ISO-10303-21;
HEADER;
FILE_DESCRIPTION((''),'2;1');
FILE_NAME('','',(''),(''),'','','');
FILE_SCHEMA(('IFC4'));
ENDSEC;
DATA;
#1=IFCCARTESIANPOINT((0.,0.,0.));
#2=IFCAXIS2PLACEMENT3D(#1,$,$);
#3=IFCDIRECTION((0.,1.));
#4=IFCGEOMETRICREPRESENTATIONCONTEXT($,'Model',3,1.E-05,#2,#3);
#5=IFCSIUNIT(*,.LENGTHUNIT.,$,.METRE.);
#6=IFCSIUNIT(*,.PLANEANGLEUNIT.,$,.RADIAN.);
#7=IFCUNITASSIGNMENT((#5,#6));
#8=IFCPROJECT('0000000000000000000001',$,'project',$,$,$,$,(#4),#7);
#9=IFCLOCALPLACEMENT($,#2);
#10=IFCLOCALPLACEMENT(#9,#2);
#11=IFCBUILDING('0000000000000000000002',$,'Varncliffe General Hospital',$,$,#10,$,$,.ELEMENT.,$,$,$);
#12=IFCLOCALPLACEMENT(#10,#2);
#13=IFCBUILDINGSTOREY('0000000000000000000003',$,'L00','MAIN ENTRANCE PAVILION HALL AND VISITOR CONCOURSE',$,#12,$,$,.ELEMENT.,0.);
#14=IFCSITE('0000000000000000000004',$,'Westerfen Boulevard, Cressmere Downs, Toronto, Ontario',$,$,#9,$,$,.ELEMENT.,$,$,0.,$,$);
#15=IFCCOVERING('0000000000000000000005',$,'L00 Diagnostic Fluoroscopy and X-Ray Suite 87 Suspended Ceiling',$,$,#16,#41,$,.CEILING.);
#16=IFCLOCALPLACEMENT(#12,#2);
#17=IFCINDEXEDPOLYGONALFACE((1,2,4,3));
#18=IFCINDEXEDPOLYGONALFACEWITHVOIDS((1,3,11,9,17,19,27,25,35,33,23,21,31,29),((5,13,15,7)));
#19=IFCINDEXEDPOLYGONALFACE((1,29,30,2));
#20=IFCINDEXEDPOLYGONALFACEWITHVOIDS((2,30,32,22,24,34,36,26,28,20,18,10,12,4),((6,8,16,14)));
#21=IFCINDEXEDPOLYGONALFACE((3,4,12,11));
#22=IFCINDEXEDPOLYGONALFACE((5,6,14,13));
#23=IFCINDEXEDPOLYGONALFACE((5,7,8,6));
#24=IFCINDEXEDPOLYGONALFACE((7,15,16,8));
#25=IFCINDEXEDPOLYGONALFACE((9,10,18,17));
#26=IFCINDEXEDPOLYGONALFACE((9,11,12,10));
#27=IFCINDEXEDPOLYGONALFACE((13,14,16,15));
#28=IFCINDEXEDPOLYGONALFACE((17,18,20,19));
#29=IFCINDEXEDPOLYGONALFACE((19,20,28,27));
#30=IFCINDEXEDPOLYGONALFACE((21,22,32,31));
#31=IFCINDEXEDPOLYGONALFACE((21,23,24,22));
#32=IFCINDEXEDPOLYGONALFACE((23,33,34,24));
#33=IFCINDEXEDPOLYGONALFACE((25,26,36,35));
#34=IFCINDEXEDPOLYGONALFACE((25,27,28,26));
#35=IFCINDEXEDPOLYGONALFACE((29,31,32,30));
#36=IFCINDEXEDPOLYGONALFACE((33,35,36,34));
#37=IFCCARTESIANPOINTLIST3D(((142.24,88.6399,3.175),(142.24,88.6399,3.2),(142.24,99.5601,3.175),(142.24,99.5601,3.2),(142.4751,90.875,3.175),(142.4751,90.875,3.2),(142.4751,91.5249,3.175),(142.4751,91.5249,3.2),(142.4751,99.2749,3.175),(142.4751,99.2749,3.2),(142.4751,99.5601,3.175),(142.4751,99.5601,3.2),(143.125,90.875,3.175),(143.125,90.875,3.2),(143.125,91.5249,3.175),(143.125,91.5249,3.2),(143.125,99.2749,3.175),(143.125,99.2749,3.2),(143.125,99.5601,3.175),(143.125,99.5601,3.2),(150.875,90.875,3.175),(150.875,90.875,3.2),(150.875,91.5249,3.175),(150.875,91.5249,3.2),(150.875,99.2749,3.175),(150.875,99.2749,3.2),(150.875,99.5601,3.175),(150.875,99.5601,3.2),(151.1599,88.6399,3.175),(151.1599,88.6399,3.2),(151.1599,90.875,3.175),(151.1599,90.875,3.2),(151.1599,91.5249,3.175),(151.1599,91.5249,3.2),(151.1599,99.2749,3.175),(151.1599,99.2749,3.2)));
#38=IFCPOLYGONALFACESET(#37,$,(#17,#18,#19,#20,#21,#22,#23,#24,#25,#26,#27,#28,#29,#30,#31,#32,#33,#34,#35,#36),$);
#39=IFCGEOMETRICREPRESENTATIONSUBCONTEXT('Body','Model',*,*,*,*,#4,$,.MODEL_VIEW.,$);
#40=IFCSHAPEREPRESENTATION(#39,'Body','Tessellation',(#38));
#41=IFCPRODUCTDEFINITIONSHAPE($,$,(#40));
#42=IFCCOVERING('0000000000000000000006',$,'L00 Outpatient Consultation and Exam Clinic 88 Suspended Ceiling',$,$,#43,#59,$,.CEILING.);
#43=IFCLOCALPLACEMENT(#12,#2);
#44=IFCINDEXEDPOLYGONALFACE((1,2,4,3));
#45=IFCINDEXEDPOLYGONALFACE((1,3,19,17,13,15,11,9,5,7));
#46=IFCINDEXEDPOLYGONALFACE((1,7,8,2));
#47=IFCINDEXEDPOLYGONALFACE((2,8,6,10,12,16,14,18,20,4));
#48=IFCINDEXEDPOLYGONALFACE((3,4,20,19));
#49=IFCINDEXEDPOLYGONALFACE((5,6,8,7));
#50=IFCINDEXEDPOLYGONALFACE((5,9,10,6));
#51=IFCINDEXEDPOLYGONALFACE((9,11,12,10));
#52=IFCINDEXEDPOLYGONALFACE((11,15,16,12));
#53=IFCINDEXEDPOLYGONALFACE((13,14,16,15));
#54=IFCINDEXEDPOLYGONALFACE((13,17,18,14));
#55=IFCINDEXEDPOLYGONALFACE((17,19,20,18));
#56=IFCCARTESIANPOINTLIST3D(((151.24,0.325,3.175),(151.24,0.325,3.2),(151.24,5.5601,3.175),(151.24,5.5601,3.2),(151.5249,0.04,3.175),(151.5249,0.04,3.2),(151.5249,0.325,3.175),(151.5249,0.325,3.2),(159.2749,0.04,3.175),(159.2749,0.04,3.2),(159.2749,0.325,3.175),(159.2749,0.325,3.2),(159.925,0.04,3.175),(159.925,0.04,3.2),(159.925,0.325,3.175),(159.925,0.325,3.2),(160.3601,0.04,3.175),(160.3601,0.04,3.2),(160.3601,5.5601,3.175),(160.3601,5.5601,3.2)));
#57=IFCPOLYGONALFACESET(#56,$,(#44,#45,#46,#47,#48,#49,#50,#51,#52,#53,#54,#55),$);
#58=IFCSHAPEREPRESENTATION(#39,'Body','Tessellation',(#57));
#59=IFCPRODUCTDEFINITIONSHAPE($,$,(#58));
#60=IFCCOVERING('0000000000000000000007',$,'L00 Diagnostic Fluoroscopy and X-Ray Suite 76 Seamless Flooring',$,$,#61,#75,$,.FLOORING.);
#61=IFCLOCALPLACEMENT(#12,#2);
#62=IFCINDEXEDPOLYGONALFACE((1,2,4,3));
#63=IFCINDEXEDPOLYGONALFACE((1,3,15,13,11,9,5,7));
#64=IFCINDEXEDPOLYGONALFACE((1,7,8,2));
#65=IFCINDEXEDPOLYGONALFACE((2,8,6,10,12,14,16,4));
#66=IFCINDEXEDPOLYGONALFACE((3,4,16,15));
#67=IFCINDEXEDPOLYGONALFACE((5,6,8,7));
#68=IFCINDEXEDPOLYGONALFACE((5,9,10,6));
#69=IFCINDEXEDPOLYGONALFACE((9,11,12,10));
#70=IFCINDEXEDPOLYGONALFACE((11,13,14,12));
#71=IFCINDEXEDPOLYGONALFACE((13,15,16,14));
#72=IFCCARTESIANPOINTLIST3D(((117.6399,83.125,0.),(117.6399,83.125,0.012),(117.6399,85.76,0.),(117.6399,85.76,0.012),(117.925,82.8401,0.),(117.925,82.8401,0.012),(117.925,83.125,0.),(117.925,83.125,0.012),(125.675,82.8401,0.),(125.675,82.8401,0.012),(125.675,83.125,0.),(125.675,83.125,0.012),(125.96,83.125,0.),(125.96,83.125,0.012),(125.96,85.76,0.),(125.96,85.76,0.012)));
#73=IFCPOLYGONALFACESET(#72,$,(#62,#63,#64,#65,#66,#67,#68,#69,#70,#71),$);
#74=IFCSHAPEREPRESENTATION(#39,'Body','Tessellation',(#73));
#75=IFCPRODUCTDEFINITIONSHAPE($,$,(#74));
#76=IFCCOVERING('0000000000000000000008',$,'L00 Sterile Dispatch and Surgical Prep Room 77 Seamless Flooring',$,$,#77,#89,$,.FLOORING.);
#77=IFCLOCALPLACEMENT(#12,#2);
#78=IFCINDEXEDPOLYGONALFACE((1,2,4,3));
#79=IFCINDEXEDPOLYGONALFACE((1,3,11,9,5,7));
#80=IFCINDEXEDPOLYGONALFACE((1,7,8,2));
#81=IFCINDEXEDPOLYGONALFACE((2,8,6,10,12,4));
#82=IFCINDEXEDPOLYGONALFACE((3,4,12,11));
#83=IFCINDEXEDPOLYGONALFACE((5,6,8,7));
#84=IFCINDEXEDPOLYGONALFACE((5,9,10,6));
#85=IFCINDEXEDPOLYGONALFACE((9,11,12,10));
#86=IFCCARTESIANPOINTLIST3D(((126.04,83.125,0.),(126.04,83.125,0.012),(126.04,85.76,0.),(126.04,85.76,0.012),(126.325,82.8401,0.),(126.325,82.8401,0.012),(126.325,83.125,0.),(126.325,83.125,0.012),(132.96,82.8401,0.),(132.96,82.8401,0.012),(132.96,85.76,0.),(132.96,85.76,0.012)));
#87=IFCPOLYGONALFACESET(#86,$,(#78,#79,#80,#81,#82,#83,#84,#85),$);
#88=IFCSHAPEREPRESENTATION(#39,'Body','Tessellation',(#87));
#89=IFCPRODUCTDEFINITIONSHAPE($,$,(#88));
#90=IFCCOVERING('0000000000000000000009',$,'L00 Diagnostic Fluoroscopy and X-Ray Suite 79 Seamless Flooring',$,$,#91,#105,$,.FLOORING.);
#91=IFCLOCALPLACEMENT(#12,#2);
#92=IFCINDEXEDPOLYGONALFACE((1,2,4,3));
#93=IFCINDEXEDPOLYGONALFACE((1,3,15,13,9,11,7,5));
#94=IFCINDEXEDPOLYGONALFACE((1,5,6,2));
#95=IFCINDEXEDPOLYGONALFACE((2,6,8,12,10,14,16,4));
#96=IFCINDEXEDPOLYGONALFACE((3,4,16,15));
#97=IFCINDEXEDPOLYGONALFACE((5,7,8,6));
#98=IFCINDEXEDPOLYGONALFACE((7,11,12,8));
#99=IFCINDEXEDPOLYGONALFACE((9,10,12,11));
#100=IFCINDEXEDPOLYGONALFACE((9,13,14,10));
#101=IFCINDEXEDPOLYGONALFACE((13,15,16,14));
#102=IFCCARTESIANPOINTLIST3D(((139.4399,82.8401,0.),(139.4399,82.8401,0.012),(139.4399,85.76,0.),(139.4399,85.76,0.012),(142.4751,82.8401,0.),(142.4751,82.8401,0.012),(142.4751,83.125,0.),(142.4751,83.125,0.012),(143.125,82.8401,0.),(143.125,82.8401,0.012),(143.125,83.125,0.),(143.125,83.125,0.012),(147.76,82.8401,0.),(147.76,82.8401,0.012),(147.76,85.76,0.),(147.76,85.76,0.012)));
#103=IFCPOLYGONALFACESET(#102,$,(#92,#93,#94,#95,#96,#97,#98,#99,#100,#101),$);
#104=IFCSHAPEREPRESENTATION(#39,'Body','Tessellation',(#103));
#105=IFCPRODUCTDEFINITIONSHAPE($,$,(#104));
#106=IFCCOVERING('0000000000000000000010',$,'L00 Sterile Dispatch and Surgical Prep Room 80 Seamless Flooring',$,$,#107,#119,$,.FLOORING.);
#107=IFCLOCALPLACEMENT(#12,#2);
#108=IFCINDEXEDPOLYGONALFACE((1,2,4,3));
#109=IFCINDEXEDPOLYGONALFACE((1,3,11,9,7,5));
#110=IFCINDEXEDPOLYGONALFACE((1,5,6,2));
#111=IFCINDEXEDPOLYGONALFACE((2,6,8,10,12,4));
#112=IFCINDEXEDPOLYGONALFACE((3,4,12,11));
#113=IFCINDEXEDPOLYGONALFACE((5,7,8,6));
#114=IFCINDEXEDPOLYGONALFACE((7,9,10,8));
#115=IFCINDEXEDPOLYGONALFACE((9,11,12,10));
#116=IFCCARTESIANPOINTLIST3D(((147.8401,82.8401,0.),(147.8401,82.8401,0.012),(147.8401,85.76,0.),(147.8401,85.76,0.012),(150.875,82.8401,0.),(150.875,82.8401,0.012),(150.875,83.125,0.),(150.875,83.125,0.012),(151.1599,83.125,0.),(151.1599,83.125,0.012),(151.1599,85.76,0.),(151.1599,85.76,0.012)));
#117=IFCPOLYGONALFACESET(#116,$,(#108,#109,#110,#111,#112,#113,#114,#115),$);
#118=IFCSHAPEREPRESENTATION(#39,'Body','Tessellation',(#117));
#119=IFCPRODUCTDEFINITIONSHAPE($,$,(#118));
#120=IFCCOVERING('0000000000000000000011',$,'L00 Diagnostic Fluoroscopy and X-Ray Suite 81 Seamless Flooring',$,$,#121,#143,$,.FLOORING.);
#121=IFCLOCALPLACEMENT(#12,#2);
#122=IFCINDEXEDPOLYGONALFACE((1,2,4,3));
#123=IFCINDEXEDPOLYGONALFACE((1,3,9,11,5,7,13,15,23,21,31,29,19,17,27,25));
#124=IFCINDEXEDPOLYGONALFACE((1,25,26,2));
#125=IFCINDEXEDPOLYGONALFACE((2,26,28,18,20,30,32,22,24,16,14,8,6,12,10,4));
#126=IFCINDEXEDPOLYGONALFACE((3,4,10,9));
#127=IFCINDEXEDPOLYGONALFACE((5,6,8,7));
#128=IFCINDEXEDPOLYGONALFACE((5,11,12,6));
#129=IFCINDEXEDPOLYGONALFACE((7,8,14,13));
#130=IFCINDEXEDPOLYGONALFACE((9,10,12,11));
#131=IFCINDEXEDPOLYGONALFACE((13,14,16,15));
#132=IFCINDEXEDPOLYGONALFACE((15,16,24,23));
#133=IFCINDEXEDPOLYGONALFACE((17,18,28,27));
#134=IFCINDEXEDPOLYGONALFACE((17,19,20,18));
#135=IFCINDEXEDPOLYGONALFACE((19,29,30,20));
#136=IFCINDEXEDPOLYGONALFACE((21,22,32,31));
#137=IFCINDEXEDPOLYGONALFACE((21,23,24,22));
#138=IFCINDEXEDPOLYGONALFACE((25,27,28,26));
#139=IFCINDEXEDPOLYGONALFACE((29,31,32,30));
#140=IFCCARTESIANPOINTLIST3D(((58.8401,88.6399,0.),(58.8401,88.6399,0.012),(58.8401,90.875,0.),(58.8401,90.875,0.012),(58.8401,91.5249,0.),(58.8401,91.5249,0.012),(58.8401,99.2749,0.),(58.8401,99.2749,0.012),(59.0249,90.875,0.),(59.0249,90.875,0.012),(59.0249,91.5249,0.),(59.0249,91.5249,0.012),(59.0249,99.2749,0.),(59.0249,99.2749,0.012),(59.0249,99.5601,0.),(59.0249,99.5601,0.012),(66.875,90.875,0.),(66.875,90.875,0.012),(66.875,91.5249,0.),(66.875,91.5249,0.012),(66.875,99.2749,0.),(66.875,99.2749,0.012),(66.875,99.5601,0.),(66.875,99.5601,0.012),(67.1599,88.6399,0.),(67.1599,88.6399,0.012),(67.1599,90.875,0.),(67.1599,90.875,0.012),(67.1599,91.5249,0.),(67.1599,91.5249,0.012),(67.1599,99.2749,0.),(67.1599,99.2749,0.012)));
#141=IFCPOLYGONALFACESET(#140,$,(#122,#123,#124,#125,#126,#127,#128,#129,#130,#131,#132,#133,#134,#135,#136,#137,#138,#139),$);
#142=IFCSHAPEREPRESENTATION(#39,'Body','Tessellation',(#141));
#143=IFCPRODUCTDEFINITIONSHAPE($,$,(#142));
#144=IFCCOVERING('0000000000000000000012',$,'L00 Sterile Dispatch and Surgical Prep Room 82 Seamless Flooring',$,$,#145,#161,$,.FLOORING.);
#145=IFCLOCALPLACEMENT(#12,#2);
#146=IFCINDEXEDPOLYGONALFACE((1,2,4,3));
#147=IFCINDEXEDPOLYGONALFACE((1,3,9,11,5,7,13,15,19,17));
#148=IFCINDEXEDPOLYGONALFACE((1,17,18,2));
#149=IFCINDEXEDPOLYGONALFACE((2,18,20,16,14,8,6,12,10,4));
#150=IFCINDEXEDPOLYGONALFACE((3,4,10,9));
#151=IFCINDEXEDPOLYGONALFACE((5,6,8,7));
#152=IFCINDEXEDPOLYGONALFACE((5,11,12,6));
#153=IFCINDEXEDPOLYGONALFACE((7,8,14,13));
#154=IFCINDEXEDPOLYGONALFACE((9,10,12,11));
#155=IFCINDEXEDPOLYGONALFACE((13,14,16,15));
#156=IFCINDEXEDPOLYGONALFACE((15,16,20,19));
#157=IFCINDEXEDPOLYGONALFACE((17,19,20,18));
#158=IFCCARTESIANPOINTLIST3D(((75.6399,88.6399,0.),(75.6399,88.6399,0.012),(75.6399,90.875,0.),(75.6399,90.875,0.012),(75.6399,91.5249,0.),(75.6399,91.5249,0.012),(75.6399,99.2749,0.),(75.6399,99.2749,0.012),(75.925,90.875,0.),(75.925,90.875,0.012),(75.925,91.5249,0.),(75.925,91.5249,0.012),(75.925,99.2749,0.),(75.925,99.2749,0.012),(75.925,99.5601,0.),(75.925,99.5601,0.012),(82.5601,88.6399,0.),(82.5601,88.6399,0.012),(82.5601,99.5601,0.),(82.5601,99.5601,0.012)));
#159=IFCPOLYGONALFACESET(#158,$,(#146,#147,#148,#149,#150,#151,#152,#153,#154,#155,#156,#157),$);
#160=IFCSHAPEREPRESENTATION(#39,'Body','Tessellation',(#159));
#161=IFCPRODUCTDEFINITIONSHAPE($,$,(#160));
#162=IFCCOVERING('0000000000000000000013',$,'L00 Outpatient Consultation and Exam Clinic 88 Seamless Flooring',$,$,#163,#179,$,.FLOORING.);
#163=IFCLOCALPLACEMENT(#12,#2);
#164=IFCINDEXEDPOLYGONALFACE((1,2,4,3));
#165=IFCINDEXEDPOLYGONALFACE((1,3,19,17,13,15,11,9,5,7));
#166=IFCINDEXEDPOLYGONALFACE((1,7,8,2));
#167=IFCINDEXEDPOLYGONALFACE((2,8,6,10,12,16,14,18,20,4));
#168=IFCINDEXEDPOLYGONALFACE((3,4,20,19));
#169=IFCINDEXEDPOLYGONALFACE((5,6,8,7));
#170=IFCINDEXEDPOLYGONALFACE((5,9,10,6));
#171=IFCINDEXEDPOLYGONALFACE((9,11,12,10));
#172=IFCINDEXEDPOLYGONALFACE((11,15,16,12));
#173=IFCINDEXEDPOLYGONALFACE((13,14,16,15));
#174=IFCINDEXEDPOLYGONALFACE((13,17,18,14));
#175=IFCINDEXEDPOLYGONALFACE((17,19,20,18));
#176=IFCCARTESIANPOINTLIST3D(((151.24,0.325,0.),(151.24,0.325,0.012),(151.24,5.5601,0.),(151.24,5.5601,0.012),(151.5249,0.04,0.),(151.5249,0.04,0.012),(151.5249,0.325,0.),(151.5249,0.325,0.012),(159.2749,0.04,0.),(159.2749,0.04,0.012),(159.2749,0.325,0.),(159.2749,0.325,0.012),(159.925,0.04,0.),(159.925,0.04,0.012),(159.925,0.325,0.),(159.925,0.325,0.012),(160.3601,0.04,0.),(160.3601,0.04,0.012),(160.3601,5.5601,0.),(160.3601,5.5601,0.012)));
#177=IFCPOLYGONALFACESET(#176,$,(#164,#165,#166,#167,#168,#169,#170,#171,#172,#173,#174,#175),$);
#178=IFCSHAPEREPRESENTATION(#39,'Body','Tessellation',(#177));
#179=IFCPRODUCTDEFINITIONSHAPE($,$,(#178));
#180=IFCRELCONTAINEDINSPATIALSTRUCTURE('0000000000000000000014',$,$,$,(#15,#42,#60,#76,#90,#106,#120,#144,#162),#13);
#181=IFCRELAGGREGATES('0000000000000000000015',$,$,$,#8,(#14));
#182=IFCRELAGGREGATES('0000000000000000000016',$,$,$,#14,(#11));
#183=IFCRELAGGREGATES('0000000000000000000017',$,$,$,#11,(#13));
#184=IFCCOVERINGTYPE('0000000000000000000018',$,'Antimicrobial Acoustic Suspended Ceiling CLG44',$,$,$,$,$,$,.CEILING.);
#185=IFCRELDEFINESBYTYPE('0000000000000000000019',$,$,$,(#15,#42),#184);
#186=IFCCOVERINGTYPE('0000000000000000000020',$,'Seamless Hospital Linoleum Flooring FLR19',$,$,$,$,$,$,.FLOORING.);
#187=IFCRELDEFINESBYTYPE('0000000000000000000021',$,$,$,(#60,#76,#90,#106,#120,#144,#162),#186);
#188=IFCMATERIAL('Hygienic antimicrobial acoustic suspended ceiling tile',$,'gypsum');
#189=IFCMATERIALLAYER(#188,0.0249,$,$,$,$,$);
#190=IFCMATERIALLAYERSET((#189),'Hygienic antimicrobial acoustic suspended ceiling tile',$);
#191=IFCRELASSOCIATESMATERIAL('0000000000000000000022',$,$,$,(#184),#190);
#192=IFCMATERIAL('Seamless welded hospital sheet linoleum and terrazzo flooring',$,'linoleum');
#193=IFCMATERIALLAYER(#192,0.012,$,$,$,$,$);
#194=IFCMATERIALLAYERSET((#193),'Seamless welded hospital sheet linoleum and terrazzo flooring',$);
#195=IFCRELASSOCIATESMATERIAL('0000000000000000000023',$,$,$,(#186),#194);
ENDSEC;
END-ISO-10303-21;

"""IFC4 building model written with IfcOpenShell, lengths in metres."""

from ifc_helpers import new_model, si_unit, direction, frame, origin, place, context, subcontext, project, spatial, polyline, outline, extrude, material, layer, layer_set, type_object, element, save


model = new_model("IFC4")

# Units and contexts
model_context = context("Model", 3, precision=1e-05, world=origin(), true_north=direction((0.0, 1.0)))
body_context = subcontext(model_context, "Body", "Model", "MODEL_VIEW")
ifc_project = project(units=[si_unit("LENGTHUNIT", "METRE"), si_unit("PLANEANGLEUNIT", "RADIAN")], contexts=[model_context])

# Site, building, storey
site_placement = place(None, origin())
site = spatial("IfcSite", under=ifc_project, at=site_placement, Name="Westerfen Boulevard, Cressmere Downs, Toronto, Ontario", CompositionType="ELEMENT", RefElevation=0.0)
building_placement = place(site_placement, origin())
building = spatial("IfcBuilding", under=site, at=building_placement, Name="Varncliffe General Hospital", CompositionType="ELEMENT")
storey_placement = place(building_placement, origin())
storey = spatial("IfcBuildingStorey", under=building, at=storey_placement, Name="L00", Description="MAIN ENTRANCE PAVILION HALL AND VISITOR CONCOURSE", CompositionType="ELEMENT", Elevation=0.0)

# Coverings
ifc_material_1 = material(Name="Hygienic antimicrobial acoustic suspended ceiling tile", Category="gypsum")
ifc_layer_1 = layer(ifc_material_1, 0.0249)
ifc_layer_set_1 = layer_set([ifc_layer_1], Name="Hygienic antimicrobial acoustic suspended ceiling tile")
covering_type_1 = type_object("IfcCoveringType", Name="Antimicrobial Acoustic Suspended Ceiling CLG44", PredefinedType="CEILING", material=ifc_layer_set_1)
covering_1_placement = place(storey_placement, frame((0.0, 0.0, 3.175)))
element("IfcCovering", 1, at=covering_1_placement, inside=storey, type_object=covering_type_1, Name="L00 Diagnostic Fluoroscopy and X-Ray Suite 87 Suspended Ceiling", PredefinedType="CEILING", context=body_context, shape_type="SweptSolid", body=[
    extrude(outline(polyline([(150.875, 91.5249), (150.875, 90.875), (151.1599, 90.875), (151.1599, 88.6399), (142.24, 88.6399), (142.24, 99.5601), (142.4751, 99.5601), (142.4751, 99.2749), (143.125, 99.2749), (143.125, 99.5601), (150.875, 99.5601), (150.875, 99.2749), (151.1599, 99.2749), (151.1599, 91.5249), (150.875, 91.5249)]), holes=[polyline([(143.125, 90.875), (143.125, 91.5249), (142.4751, 91.5249), (142.4751, 90.875), (143.125, 90.875)])]), origin(), (0.0, 0.0, 1.0), 0.0249),
])
covering_2_placement = place(storey_placement, frame((0.0, 0.0, 3.175)))
element("IfcCovering", 2, at=covering_2_placement, inside=storey, type_object=covering_type_1, Name="L00 Outpatient Consultation and Exam Clinic 88 Suspended Ceiling", PredefinedType="CEILING", context=body_context, shape_type="SweptSolid", body=[
    extrude(outline(polyline([(160.3601, 5.5601), (160.3601, 0.04), (159.925, 0.04), (159.925, 0.325), (159.2749, 0.325), (159.2749, 0.04), (151.5249, 0.04), (151.5249, 0.325), (151.24, 0.325), (151.24, 5.5601), (160.3601, 5.5601)])), origin(), (0.0, 0.0, 1.0), 0.0249),
])
ifc_material_2 = material(Name="Seamless welded hospital sheet linoleum and terrazzo flooring", Category="linoleum")
ifc_layer_2 = layer(ifc_material_2, 0.012)
ifc_layer_set_2 = layer_set([ifc_layer_2], Name="Seamless welded hospital sheet linoleum and terrazzo flooring")
covering_type_2 = type_object("IfcCoveringType", Name="Seamless Hospital Linoleum Flooring FLR19", PredefinedType="FLOORING", material=ifc_layer_set_2)
covering_3_placement = place(storey_placement, origin())
element("IfcCovering", 3, at=covering_3_placement, inside=storey, type_object=covering_type_2, Name="L00 Diagnostic Fluoroscopy and X-Ray Suite 76 Seamless Flooring", PredefinedType="FLOORING", context=body_context, shape_type="SweptSolid", body=[
    extrude(outline(polyline([(125.96, 85.76), (125.96, 83.125), (125.675, 83.125), (125.675, 82.8401), (117.925, 82.8401), (117.925, 83.125), (117.6399, 83.125), (117.6399, 85.76), (125.96, 85.76)])), origin(), (0.0, 0.0, 1.0), 0.012),
])
covering_4_placement = place(storey_placement, origin())
element("IfcCovering", 4, at=covering_4_placement, inside=storey, type_object=covering_type_2, Name="L00 Sterile Dispatch and Surgical Prep Room 77 Seamless Flooring", PredefinedType="FLOORING", context=body_context, shape_type="SweptSolid", body=[
    extrude(outline(polyline([(126.04, 85.76), (132.96, 85.76), (132.96, 82.8401), (126.325, 82.8401), (126.325, 83.125), (126.04, 83.125), (126.04, 85.76)])), origin(), (0.0, 0.0, 1.0), 0.012),
])
covering_5_placement = place(storey_placement, origin())
element("IfcCovering", 5, at=covering_5_placement, inside=storey, type_object=covering_type_2, Name="L00 Diagnostic Fluoroscopy and X-Ray Suite 79 Seamless Flooring", PredefinedType="FLOORING", context=body_context, shape_type="SweptSolid", body=[
    extrude(outline(polyline([(139.4399, 82.8401), (139.4399, 85.76), (147.76, 85.76), (147.76, 82.8401), (143.125, 82.8401), (143.125, 83.125), (142.4751, 83.125), (142.4751, 82.8401), (139.4399, 82.8401)])), origin(), (0.0, 0.0, 1.0), 0.012),
])
covering_6_placement = place(storey_placement, origin())
element("IfcCovering", 6, at=covering_6_placement, inside=storey, type_object=covering_type_2, Name="L00 Sterile Dispatch and Surgical Prep Room 80 Seamless Flooring", PredefinedType="FLOORING", context=body_context, shape_type="SweptSolid", body=[
    extrude(outline(polyline([(147.8401, 82.8401), (147.8401, 85.76), (151.1599, 85.76), (151.1599, 83.125), (150.875, 83.125), (150.875, 82.8401), (147.8401, 82.8401)])), origin(), (0.0, 0.0, 1.0), 0.012),
])
covering_7_placement = place(storey_placement, origin())
element("IfcCovering", 7, at=covering_7_placement, inside=storey, type_object=covering_type_2, Name="L00 Diagnostic Fluoroscopy and X-Ray Suite 81 Seamless Flooring", PredefinedType="FLOORING", context=body_context, shape_type="SweptSolid", body=[
    extrude(outline(polyline([(66.875, 91.5249), (66.875, 90.875), (67.1599, 90.875), (67.1599, 88.6399), (58.8401, 88.6399), (58.8401, 90.875), (59.0249, 90.875), (59.0249, 91.5249), (58.8401, 91.5249), (58.8401, 99.2749), (59.0249, 99.2749), (59.0249, 99.5601), (66.875, 99.5601), (66.875, 99.2749), (67.1599, 99.2749), (67.1599, 91.5249), (66.875, 91.5249)])), origin(), (0.0, 0.0, 1.0), 0.012),
])
covering_8_placement = place(storey_placement, origin())
element("IfcCovering", 8, at=covering_8_placement, inside=storey, type_object=covering_type_2, Name="L00 Sterile Dispatch and Surgical Prep Room 82 Seamless Flooring", PredefinedType="FLOORING", context=body_context, shape_type="SweptSolid", body=[
    extrude(outline(polyline([(82.5601, 99.5601), (82.5601, 88.6399), (75.6399, 88.6399), (75.6399, 90.875), (75.925, 90.875), (75.925, 91.5249), (75.6399, 91.5249), (75.6399, 99.2749), (75.925, 99.2749), (75.925, 99.5601), (82.5601, 99.5601)])), origin(), (0.0, 0.0, 1.0), 0.012),
])
covering_9_placement = place(storey_placement, origin())
element("IfcCovering", 9, at=covering_9_placement, inside=storey, type_object=covering_type_2, Name="L00 Outpatient Consultation and Exam Clinic 88 Seamless Flooring", PredefinedType="FLOORING", context=body_context, shape_type="SweptSolid", body=[
    extrude(outline(polyline([(160.3601, 5.5601), (160.3601, 0.04), (159.925, 0.04), (159.925, 0.325), (159.2749, 0.325), (159.2749, 0.04), (151.5249, 0.04), (151.5249, 0.325), (151.24, 0.325), (151.24, 5.5601), (160.3601, 5.5601)])), origin(), (0.0, 0.0, 1.0), 0.012),
])

save(model, "model.ifc")
